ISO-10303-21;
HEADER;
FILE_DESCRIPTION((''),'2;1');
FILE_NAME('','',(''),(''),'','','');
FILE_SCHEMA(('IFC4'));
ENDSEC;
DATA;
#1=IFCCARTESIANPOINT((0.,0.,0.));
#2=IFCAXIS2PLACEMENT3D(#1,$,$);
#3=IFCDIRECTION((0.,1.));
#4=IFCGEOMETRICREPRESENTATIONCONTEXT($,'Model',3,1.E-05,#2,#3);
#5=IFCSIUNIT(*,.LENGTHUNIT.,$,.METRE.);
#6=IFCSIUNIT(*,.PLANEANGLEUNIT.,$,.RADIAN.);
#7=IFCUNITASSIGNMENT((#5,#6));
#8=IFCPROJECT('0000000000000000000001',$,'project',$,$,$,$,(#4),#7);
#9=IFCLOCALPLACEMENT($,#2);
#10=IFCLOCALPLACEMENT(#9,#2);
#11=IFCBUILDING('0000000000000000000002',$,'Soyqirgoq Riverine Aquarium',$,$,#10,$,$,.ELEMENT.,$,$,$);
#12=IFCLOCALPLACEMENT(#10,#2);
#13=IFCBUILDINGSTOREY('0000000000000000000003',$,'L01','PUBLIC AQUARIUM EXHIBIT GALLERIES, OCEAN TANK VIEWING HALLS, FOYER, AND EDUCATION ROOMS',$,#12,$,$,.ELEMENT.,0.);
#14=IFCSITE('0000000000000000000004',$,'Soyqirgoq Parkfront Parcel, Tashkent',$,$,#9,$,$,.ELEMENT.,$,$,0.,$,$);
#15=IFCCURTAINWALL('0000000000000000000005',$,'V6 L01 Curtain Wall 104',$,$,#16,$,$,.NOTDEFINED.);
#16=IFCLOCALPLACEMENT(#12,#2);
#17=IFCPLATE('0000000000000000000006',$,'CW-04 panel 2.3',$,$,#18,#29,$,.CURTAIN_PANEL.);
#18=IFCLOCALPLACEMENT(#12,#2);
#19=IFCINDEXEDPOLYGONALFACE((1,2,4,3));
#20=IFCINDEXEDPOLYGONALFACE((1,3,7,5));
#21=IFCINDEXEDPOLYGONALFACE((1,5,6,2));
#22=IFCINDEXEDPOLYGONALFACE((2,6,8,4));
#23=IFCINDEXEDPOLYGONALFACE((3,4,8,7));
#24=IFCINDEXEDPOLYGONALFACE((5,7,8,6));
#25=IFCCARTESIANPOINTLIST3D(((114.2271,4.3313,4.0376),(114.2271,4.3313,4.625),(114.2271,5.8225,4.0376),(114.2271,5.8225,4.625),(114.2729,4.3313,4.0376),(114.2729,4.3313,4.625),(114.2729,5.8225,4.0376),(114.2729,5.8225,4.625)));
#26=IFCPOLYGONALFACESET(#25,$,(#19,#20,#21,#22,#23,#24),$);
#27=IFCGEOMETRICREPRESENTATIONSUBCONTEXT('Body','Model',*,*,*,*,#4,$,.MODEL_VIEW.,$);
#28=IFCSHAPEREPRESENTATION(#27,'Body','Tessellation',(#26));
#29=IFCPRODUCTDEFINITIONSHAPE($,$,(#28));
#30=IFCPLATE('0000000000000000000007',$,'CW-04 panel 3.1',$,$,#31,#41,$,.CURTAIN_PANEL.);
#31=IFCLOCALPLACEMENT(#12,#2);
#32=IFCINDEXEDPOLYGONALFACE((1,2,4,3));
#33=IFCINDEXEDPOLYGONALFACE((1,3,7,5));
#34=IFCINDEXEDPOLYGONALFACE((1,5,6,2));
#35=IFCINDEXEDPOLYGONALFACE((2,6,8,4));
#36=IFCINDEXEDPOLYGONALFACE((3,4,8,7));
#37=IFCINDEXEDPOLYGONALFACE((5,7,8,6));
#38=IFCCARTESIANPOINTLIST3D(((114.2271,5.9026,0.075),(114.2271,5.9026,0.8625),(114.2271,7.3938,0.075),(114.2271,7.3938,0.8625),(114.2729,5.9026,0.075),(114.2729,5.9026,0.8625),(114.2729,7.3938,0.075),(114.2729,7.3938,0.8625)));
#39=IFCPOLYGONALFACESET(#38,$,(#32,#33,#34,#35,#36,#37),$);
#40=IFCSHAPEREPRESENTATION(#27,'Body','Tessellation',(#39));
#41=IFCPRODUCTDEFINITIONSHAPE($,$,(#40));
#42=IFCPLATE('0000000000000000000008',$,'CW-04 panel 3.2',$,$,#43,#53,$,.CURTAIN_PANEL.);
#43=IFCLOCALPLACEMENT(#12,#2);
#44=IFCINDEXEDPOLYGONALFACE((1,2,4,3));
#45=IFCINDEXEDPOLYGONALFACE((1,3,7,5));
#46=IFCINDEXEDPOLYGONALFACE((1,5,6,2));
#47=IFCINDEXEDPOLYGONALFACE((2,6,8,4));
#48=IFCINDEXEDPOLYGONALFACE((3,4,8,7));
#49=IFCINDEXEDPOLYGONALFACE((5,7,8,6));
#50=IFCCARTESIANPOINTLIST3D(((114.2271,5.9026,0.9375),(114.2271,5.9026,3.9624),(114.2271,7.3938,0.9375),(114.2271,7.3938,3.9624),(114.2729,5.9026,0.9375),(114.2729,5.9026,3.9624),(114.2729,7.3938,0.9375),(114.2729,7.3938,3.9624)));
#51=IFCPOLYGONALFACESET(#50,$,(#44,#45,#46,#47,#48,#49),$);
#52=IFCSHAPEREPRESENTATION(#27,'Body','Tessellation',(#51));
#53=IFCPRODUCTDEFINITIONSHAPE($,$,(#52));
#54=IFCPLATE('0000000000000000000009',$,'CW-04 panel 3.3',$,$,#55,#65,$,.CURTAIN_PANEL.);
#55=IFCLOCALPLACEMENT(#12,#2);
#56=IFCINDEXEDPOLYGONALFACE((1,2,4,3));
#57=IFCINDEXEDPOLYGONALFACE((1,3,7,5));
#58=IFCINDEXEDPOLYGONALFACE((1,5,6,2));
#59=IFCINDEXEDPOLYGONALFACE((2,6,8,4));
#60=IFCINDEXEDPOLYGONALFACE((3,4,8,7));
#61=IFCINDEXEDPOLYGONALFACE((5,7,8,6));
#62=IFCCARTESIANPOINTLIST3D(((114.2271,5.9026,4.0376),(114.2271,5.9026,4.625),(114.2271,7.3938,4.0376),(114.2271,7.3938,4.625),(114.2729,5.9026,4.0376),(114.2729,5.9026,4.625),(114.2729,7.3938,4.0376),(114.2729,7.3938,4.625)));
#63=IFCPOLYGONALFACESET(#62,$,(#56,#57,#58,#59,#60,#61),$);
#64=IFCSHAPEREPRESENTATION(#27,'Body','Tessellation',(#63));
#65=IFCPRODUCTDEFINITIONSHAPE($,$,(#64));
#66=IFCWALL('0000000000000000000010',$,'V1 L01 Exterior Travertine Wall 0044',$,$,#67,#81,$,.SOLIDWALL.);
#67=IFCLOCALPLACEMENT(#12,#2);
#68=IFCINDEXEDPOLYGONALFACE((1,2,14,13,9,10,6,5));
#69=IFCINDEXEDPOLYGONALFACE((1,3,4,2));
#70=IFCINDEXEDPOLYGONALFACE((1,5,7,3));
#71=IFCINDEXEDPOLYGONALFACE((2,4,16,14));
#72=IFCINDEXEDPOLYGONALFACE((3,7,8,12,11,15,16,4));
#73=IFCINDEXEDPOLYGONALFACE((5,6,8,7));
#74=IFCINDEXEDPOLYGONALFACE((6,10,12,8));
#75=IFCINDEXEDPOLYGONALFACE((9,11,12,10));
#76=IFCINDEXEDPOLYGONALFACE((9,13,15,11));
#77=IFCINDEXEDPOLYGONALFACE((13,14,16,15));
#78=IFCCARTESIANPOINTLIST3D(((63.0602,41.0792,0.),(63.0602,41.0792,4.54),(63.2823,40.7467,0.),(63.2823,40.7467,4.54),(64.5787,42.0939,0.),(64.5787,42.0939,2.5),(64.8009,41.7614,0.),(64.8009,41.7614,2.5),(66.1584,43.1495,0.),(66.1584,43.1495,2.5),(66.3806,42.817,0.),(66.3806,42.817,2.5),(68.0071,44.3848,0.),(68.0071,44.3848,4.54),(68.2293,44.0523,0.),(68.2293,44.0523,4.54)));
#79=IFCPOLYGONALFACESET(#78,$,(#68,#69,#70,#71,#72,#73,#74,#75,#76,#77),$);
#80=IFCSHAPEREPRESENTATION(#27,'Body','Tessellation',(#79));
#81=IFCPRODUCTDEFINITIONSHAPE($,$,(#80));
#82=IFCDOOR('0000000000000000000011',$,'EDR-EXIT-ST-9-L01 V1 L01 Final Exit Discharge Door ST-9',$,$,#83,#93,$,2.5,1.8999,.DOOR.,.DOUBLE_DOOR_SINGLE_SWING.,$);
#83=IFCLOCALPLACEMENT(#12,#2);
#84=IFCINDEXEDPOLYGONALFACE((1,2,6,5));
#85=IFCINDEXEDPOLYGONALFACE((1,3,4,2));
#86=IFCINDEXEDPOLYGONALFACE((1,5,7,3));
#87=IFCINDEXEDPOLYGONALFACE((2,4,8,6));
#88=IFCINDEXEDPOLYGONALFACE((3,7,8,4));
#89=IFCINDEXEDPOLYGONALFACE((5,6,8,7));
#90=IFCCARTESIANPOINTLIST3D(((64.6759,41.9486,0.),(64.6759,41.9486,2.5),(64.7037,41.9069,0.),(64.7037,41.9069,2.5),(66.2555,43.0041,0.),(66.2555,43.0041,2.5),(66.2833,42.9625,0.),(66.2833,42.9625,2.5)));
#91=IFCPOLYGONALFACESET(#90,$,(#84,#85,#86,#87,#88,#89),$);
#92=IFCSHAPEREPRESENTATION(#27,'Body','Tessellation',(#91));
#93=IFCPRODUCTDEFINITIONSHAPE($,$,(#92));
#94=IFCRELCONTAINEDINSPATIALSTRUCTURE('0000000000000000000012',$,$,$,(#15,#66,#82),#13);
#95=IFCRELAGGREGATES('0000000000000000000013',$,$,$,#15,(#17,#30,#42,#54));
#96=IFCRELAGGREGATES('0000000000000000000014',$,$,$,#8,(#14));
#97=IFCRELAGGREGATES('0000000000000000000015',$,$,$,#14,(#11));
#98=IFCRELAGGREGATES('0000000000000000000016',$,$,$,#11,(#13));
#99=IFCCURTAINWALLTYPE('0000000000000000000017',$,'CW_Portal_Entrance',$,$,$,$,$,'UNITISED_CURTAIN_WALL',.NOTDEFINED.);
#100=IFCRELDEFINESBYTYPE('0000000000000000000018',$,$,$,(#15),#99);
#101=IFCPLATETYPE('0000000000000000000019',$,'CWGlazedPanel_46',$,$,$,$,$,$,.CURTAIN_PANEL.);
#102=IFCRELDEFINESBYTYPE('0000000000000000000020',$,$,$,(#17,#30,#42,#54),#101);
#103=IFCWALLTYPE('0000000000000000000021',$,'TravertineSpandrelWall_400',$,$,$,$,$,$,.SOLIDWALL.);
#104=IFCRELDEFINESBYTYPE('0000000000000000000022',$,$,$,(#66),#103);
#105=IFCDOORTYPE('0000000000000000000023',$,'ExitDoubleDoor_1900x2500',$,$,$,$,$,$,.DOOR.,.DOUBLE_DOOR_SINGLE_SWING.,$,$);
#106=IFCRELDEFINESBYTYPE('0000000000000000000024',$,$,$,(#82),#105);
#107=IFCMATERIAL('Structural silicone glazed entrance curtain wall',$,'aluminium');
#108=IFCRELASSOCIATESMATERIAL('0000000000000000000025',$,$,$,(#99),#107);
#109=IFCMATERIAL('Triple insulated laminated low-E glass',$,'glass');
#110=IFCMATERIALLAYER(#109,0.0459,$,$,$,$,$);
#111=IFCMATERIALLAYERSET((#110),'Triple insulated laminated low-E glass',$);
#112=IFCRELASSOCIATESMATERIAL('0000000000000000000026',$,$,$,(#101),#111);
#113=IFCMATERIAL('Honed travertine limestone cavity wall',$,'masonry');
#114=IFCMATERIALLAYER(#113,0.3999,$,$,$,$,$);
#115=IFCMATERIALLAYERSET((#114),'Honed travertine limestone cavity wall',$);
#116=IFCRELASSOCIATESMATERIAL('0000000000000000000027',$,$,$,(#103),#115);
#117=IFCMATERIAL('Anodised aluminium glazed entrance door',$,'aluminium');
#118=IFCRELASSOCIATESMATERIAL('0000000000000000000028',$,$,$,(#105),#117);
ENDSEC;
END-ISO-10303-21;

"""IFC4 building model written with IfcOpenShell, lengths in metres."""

from ifc_helpers import new_model, si_unit, direction, frame, frame_2d, origin, origin_2d, place, context, subcontext, project, spatial, rectangle, extrude, material, layer, layer_set, type_object, element, fill, aggregate, save


model = new_model("IFC4")

# Units and contexts
model_context = context("Model", 3, precision=1e-05, world=origin(), true_north=direction((0.0, 1.0)))
body_context = subcontext(model_context, "Body", "Model", "MODEL_VIEW")
ifc_project = project(units=[si_unit("LENGTHUNIT", "METRE"), si_unit("PLANEANGLEUNIT", "RADIAN")], contexts=[model_context])

# Site, building, storey
site_placement = place(None, origin())
site = spatial("IfcSite", under=ifc_project, at=site_placement, Name="Soyqirgoq Parkfront Parcel, Tashkent", CompositionType="ELEMENT", RefElevation=0.0)
building_placement = place(site_placement, origin())
building = spatial("IfcBuilding", under=site, at=building_placement, Name="Soyqirgoq Riverine Aquarium", CompositionType="ELEMENT")
storey_placement = place(building_placement, origin())
storey = spatial("IfcBuildingStorey", under=building, at=storey_placement, Name="L01", Description="PUBLIC AQUARIUM EXHIBIT GALLERIES, OCEAN TANK VIEWING HALLS, FOYER, AND EDUCATION ROOMS", CompositionType="ELEMENT", Elevation=0.0)

# Curtain wall, plates
ifc_material_1 = material(Name="Structural silicone glazed entrance curtain wall", Category="aluminium")
curtain_wall_type = type_object("IfcCurtainWallType", Name="CW_Portal_Entrance", ElementType="UNITISED_CURTAIN_WALL", PredefinedType="NOTDEFINED", material=ifc_material_1)
curtain_wall_placement = place(storey_placement, origin())
curtain_wall = element("IfcCurtainWall", 1, at=curtain_wall_placement, inside=storey, type_object=curtain_wall_type, Name="V6 L01 Curtain Wall 104", PredefinedType="NOTDEFINED")
ifc_material_2 = material(Name="Triple insulated laminated low-E glass", Category="glass")
ifc_layer_1 = layer(ifc_material_2, 0.0459)
ifc_layer_set_1 = layer_set([ifc_layer_1], Name="Triple insulated laminated low-E glass")
plate_type = type_object("IfcPlateType", Name="CWGlazedPanel_46", PredefinedType="CURTAIN_PANEL", material=ifc_layer_set_1)
plate_1_placement = place(storey_placement, frame((114.25, 5.0769, 4.0376), z_axis=(0.0, 0.0, 1.0), x_axis=(0.0, 1.0, 0.0)))
plate_1 = element("IfcPlate", 2, at=plate_1_placement, type_object=plate_type, Name="CW-04 panel 2.3", PredefinedType="CURTAIN_PANEL", context=body_context, shape_type="SweptSolid", body=[
    extrude(rectangle(XDim=1.4912, YDim=0.0459, at=origin_2d()), origin(), (0.0, 0.0, 1.0), 0.5874),
])
plate_2_placement = place(storey_placement, frame((114.25, 6.6482, 0.075), z_axis=(0.0, 0.0, 1.0), x_axis=(0.0, 1.0, 0.0)))
plate_2 = element("IfcPlate", 3, at=plate_2_placement, type_object=plate_type, Name="CW-04 panel 3.1", PredefinedType="CURTAIN_PANEL", context=body_context, shape_type="SweptSolid", body=[
    extrude(rectangle(XDim=1.4912, YDim=0.0459, at=origin_2d()), origin(), (0.0, 0.0, 1.0), 0.7876),
])
plate_3_placement = place(storey_placement, frame((114.25, 6.6482, 0.9375), z_axis=(0.0, 0.0, 1.0), x_axis=(0.0, 1.0, 0.0)))
plate_3 = element("IfcPlate", 4, at=plate_3_placement, type_object=plate_type, Name="CW-04 panel 3.2", PredefinedType="CURTAIN_PANEL", context=body_context, shape_type="SweptSolid", body=[
    extrude(rectangle(XDim=1.4912, YDim=0.0459, at=origin_2d()), origin(), (0.0, 0.0, 1.0), 3.0249),
])
plate_4_placement = place(storey_placement, frame((114.25, 6.6482, 4.0376), z_axis=(0.0, 0.0, 1.0), x_axis=(0.0, 1.0, 0.0)))
plate_4 = element("IfcPlate", 5, at=plate_4_placement, type_object=plate_type, Name="CW-04 panel 3.3", PredefinedType="CURTAIN_PANEL", context=body_context, shape_type="SweptSolid", body=[
    extrude(rectangle(XDim=1.4912, YDim=0.0459, at=origin_2d()), origin(), (0.0, 0.0, 1.0), 0.5874),
])
aggregate(curtain_wall, [plate_1, plate_2, plate_3, plate_4])

# Wall, opening, door
ifc_material_3 = material(Name="Honed travertine limestone cavity wall", Category="masonry")
ifc_layer_2 = layer(ifc_material_3, 0.3999)
ifc_layer_set_2 = layer_set([ifc_layer_2], Name="Honed travertine limestone cavity wall")
wall_type = type_object("IfcWallType", Name="TravertineSpandrelWall_400", PredefinedType="SOLIDWALL", material=ifc_layer_set_2)
wall_placement = place(storey_placement, frame((68.1182, 44.2185, 0.0), z_axis=(0.0, 0.0, 1.0), x_axis=(-0.831456, -0.55559, 0.0)))
wall = element("IfcWall", 6, at=wall_placement, inside=storey, type_object=wall_type, Name="V1 L01 Exterior Travertine Wall 0044", PredefinedType="SOLIDWALL", context=body_context, shape_type="SweptSolid", body=[
    extrude(rectangle(XDim=5.9497, YDim=0.3999, at=frame_2d((2.9749, 0.0))), origin(), (0.0, 0.0, 1.0), 4.54),
])
opening_placement = place(wall_placement, frame((2.2234, 0.0, 0.0)))
opening = element("IfcOpeningElement", 7, at=opening_placement, cuts=wall, PredefinedType="OPENING", context=body_context, shape_type="SweptSolid", body=[
    extrude(rectangle(XDim=1.8999, YDim=2.5, at=frame_2d((0.95, 1.25))), frame((0.0, 0.21, 0.0), z_axis=(0.0, -1.0, 0.0), x_axis=(1.0, 0.0, 0.0)), (0.0, 0.0, 1.0), 0.4199),
])
ifc_material_4 = material(Name="Anodised aluminium glazed entrance door", Category="aluminium")
door_type = type_object("IfcDoorType", Name="ExitDoubleDoor_1900x2500", OperationType="DOUBLE_DOOR_SINGLE_SWING", PredefinedType="DOOR", material=ifc_material_4)
door_placement = place(opening_placement, origin())
door = element("IfcDoor", 8, at=door_placement, inside=storey, type_object=door_type, Name="EDR-EXIT-ST-9-L01 V1 L01 Final Exit Discharge Door ST-9", OperationType="DOUBLE_DOOR_SINGLE_SWING", OverallHeight=2.5, OverallWidth=1.8999, PredefinedType="DOOR", context=body_context, shape_type="SweptSolid", body=[
    extrude(rectangle(XDim=1.8999, YDim=2.5, at=frame_2d((0.95, 1.25))), frame((0.0, 0.0249, 0.0), z_axis=(0.0, -1.0, 0.0), x_axis=(1.0, 0.0, 0.0)), (0.0, 0.0, 1.0), 0.05),
])
fill(opening, door)

save(model, "model.ifc")
